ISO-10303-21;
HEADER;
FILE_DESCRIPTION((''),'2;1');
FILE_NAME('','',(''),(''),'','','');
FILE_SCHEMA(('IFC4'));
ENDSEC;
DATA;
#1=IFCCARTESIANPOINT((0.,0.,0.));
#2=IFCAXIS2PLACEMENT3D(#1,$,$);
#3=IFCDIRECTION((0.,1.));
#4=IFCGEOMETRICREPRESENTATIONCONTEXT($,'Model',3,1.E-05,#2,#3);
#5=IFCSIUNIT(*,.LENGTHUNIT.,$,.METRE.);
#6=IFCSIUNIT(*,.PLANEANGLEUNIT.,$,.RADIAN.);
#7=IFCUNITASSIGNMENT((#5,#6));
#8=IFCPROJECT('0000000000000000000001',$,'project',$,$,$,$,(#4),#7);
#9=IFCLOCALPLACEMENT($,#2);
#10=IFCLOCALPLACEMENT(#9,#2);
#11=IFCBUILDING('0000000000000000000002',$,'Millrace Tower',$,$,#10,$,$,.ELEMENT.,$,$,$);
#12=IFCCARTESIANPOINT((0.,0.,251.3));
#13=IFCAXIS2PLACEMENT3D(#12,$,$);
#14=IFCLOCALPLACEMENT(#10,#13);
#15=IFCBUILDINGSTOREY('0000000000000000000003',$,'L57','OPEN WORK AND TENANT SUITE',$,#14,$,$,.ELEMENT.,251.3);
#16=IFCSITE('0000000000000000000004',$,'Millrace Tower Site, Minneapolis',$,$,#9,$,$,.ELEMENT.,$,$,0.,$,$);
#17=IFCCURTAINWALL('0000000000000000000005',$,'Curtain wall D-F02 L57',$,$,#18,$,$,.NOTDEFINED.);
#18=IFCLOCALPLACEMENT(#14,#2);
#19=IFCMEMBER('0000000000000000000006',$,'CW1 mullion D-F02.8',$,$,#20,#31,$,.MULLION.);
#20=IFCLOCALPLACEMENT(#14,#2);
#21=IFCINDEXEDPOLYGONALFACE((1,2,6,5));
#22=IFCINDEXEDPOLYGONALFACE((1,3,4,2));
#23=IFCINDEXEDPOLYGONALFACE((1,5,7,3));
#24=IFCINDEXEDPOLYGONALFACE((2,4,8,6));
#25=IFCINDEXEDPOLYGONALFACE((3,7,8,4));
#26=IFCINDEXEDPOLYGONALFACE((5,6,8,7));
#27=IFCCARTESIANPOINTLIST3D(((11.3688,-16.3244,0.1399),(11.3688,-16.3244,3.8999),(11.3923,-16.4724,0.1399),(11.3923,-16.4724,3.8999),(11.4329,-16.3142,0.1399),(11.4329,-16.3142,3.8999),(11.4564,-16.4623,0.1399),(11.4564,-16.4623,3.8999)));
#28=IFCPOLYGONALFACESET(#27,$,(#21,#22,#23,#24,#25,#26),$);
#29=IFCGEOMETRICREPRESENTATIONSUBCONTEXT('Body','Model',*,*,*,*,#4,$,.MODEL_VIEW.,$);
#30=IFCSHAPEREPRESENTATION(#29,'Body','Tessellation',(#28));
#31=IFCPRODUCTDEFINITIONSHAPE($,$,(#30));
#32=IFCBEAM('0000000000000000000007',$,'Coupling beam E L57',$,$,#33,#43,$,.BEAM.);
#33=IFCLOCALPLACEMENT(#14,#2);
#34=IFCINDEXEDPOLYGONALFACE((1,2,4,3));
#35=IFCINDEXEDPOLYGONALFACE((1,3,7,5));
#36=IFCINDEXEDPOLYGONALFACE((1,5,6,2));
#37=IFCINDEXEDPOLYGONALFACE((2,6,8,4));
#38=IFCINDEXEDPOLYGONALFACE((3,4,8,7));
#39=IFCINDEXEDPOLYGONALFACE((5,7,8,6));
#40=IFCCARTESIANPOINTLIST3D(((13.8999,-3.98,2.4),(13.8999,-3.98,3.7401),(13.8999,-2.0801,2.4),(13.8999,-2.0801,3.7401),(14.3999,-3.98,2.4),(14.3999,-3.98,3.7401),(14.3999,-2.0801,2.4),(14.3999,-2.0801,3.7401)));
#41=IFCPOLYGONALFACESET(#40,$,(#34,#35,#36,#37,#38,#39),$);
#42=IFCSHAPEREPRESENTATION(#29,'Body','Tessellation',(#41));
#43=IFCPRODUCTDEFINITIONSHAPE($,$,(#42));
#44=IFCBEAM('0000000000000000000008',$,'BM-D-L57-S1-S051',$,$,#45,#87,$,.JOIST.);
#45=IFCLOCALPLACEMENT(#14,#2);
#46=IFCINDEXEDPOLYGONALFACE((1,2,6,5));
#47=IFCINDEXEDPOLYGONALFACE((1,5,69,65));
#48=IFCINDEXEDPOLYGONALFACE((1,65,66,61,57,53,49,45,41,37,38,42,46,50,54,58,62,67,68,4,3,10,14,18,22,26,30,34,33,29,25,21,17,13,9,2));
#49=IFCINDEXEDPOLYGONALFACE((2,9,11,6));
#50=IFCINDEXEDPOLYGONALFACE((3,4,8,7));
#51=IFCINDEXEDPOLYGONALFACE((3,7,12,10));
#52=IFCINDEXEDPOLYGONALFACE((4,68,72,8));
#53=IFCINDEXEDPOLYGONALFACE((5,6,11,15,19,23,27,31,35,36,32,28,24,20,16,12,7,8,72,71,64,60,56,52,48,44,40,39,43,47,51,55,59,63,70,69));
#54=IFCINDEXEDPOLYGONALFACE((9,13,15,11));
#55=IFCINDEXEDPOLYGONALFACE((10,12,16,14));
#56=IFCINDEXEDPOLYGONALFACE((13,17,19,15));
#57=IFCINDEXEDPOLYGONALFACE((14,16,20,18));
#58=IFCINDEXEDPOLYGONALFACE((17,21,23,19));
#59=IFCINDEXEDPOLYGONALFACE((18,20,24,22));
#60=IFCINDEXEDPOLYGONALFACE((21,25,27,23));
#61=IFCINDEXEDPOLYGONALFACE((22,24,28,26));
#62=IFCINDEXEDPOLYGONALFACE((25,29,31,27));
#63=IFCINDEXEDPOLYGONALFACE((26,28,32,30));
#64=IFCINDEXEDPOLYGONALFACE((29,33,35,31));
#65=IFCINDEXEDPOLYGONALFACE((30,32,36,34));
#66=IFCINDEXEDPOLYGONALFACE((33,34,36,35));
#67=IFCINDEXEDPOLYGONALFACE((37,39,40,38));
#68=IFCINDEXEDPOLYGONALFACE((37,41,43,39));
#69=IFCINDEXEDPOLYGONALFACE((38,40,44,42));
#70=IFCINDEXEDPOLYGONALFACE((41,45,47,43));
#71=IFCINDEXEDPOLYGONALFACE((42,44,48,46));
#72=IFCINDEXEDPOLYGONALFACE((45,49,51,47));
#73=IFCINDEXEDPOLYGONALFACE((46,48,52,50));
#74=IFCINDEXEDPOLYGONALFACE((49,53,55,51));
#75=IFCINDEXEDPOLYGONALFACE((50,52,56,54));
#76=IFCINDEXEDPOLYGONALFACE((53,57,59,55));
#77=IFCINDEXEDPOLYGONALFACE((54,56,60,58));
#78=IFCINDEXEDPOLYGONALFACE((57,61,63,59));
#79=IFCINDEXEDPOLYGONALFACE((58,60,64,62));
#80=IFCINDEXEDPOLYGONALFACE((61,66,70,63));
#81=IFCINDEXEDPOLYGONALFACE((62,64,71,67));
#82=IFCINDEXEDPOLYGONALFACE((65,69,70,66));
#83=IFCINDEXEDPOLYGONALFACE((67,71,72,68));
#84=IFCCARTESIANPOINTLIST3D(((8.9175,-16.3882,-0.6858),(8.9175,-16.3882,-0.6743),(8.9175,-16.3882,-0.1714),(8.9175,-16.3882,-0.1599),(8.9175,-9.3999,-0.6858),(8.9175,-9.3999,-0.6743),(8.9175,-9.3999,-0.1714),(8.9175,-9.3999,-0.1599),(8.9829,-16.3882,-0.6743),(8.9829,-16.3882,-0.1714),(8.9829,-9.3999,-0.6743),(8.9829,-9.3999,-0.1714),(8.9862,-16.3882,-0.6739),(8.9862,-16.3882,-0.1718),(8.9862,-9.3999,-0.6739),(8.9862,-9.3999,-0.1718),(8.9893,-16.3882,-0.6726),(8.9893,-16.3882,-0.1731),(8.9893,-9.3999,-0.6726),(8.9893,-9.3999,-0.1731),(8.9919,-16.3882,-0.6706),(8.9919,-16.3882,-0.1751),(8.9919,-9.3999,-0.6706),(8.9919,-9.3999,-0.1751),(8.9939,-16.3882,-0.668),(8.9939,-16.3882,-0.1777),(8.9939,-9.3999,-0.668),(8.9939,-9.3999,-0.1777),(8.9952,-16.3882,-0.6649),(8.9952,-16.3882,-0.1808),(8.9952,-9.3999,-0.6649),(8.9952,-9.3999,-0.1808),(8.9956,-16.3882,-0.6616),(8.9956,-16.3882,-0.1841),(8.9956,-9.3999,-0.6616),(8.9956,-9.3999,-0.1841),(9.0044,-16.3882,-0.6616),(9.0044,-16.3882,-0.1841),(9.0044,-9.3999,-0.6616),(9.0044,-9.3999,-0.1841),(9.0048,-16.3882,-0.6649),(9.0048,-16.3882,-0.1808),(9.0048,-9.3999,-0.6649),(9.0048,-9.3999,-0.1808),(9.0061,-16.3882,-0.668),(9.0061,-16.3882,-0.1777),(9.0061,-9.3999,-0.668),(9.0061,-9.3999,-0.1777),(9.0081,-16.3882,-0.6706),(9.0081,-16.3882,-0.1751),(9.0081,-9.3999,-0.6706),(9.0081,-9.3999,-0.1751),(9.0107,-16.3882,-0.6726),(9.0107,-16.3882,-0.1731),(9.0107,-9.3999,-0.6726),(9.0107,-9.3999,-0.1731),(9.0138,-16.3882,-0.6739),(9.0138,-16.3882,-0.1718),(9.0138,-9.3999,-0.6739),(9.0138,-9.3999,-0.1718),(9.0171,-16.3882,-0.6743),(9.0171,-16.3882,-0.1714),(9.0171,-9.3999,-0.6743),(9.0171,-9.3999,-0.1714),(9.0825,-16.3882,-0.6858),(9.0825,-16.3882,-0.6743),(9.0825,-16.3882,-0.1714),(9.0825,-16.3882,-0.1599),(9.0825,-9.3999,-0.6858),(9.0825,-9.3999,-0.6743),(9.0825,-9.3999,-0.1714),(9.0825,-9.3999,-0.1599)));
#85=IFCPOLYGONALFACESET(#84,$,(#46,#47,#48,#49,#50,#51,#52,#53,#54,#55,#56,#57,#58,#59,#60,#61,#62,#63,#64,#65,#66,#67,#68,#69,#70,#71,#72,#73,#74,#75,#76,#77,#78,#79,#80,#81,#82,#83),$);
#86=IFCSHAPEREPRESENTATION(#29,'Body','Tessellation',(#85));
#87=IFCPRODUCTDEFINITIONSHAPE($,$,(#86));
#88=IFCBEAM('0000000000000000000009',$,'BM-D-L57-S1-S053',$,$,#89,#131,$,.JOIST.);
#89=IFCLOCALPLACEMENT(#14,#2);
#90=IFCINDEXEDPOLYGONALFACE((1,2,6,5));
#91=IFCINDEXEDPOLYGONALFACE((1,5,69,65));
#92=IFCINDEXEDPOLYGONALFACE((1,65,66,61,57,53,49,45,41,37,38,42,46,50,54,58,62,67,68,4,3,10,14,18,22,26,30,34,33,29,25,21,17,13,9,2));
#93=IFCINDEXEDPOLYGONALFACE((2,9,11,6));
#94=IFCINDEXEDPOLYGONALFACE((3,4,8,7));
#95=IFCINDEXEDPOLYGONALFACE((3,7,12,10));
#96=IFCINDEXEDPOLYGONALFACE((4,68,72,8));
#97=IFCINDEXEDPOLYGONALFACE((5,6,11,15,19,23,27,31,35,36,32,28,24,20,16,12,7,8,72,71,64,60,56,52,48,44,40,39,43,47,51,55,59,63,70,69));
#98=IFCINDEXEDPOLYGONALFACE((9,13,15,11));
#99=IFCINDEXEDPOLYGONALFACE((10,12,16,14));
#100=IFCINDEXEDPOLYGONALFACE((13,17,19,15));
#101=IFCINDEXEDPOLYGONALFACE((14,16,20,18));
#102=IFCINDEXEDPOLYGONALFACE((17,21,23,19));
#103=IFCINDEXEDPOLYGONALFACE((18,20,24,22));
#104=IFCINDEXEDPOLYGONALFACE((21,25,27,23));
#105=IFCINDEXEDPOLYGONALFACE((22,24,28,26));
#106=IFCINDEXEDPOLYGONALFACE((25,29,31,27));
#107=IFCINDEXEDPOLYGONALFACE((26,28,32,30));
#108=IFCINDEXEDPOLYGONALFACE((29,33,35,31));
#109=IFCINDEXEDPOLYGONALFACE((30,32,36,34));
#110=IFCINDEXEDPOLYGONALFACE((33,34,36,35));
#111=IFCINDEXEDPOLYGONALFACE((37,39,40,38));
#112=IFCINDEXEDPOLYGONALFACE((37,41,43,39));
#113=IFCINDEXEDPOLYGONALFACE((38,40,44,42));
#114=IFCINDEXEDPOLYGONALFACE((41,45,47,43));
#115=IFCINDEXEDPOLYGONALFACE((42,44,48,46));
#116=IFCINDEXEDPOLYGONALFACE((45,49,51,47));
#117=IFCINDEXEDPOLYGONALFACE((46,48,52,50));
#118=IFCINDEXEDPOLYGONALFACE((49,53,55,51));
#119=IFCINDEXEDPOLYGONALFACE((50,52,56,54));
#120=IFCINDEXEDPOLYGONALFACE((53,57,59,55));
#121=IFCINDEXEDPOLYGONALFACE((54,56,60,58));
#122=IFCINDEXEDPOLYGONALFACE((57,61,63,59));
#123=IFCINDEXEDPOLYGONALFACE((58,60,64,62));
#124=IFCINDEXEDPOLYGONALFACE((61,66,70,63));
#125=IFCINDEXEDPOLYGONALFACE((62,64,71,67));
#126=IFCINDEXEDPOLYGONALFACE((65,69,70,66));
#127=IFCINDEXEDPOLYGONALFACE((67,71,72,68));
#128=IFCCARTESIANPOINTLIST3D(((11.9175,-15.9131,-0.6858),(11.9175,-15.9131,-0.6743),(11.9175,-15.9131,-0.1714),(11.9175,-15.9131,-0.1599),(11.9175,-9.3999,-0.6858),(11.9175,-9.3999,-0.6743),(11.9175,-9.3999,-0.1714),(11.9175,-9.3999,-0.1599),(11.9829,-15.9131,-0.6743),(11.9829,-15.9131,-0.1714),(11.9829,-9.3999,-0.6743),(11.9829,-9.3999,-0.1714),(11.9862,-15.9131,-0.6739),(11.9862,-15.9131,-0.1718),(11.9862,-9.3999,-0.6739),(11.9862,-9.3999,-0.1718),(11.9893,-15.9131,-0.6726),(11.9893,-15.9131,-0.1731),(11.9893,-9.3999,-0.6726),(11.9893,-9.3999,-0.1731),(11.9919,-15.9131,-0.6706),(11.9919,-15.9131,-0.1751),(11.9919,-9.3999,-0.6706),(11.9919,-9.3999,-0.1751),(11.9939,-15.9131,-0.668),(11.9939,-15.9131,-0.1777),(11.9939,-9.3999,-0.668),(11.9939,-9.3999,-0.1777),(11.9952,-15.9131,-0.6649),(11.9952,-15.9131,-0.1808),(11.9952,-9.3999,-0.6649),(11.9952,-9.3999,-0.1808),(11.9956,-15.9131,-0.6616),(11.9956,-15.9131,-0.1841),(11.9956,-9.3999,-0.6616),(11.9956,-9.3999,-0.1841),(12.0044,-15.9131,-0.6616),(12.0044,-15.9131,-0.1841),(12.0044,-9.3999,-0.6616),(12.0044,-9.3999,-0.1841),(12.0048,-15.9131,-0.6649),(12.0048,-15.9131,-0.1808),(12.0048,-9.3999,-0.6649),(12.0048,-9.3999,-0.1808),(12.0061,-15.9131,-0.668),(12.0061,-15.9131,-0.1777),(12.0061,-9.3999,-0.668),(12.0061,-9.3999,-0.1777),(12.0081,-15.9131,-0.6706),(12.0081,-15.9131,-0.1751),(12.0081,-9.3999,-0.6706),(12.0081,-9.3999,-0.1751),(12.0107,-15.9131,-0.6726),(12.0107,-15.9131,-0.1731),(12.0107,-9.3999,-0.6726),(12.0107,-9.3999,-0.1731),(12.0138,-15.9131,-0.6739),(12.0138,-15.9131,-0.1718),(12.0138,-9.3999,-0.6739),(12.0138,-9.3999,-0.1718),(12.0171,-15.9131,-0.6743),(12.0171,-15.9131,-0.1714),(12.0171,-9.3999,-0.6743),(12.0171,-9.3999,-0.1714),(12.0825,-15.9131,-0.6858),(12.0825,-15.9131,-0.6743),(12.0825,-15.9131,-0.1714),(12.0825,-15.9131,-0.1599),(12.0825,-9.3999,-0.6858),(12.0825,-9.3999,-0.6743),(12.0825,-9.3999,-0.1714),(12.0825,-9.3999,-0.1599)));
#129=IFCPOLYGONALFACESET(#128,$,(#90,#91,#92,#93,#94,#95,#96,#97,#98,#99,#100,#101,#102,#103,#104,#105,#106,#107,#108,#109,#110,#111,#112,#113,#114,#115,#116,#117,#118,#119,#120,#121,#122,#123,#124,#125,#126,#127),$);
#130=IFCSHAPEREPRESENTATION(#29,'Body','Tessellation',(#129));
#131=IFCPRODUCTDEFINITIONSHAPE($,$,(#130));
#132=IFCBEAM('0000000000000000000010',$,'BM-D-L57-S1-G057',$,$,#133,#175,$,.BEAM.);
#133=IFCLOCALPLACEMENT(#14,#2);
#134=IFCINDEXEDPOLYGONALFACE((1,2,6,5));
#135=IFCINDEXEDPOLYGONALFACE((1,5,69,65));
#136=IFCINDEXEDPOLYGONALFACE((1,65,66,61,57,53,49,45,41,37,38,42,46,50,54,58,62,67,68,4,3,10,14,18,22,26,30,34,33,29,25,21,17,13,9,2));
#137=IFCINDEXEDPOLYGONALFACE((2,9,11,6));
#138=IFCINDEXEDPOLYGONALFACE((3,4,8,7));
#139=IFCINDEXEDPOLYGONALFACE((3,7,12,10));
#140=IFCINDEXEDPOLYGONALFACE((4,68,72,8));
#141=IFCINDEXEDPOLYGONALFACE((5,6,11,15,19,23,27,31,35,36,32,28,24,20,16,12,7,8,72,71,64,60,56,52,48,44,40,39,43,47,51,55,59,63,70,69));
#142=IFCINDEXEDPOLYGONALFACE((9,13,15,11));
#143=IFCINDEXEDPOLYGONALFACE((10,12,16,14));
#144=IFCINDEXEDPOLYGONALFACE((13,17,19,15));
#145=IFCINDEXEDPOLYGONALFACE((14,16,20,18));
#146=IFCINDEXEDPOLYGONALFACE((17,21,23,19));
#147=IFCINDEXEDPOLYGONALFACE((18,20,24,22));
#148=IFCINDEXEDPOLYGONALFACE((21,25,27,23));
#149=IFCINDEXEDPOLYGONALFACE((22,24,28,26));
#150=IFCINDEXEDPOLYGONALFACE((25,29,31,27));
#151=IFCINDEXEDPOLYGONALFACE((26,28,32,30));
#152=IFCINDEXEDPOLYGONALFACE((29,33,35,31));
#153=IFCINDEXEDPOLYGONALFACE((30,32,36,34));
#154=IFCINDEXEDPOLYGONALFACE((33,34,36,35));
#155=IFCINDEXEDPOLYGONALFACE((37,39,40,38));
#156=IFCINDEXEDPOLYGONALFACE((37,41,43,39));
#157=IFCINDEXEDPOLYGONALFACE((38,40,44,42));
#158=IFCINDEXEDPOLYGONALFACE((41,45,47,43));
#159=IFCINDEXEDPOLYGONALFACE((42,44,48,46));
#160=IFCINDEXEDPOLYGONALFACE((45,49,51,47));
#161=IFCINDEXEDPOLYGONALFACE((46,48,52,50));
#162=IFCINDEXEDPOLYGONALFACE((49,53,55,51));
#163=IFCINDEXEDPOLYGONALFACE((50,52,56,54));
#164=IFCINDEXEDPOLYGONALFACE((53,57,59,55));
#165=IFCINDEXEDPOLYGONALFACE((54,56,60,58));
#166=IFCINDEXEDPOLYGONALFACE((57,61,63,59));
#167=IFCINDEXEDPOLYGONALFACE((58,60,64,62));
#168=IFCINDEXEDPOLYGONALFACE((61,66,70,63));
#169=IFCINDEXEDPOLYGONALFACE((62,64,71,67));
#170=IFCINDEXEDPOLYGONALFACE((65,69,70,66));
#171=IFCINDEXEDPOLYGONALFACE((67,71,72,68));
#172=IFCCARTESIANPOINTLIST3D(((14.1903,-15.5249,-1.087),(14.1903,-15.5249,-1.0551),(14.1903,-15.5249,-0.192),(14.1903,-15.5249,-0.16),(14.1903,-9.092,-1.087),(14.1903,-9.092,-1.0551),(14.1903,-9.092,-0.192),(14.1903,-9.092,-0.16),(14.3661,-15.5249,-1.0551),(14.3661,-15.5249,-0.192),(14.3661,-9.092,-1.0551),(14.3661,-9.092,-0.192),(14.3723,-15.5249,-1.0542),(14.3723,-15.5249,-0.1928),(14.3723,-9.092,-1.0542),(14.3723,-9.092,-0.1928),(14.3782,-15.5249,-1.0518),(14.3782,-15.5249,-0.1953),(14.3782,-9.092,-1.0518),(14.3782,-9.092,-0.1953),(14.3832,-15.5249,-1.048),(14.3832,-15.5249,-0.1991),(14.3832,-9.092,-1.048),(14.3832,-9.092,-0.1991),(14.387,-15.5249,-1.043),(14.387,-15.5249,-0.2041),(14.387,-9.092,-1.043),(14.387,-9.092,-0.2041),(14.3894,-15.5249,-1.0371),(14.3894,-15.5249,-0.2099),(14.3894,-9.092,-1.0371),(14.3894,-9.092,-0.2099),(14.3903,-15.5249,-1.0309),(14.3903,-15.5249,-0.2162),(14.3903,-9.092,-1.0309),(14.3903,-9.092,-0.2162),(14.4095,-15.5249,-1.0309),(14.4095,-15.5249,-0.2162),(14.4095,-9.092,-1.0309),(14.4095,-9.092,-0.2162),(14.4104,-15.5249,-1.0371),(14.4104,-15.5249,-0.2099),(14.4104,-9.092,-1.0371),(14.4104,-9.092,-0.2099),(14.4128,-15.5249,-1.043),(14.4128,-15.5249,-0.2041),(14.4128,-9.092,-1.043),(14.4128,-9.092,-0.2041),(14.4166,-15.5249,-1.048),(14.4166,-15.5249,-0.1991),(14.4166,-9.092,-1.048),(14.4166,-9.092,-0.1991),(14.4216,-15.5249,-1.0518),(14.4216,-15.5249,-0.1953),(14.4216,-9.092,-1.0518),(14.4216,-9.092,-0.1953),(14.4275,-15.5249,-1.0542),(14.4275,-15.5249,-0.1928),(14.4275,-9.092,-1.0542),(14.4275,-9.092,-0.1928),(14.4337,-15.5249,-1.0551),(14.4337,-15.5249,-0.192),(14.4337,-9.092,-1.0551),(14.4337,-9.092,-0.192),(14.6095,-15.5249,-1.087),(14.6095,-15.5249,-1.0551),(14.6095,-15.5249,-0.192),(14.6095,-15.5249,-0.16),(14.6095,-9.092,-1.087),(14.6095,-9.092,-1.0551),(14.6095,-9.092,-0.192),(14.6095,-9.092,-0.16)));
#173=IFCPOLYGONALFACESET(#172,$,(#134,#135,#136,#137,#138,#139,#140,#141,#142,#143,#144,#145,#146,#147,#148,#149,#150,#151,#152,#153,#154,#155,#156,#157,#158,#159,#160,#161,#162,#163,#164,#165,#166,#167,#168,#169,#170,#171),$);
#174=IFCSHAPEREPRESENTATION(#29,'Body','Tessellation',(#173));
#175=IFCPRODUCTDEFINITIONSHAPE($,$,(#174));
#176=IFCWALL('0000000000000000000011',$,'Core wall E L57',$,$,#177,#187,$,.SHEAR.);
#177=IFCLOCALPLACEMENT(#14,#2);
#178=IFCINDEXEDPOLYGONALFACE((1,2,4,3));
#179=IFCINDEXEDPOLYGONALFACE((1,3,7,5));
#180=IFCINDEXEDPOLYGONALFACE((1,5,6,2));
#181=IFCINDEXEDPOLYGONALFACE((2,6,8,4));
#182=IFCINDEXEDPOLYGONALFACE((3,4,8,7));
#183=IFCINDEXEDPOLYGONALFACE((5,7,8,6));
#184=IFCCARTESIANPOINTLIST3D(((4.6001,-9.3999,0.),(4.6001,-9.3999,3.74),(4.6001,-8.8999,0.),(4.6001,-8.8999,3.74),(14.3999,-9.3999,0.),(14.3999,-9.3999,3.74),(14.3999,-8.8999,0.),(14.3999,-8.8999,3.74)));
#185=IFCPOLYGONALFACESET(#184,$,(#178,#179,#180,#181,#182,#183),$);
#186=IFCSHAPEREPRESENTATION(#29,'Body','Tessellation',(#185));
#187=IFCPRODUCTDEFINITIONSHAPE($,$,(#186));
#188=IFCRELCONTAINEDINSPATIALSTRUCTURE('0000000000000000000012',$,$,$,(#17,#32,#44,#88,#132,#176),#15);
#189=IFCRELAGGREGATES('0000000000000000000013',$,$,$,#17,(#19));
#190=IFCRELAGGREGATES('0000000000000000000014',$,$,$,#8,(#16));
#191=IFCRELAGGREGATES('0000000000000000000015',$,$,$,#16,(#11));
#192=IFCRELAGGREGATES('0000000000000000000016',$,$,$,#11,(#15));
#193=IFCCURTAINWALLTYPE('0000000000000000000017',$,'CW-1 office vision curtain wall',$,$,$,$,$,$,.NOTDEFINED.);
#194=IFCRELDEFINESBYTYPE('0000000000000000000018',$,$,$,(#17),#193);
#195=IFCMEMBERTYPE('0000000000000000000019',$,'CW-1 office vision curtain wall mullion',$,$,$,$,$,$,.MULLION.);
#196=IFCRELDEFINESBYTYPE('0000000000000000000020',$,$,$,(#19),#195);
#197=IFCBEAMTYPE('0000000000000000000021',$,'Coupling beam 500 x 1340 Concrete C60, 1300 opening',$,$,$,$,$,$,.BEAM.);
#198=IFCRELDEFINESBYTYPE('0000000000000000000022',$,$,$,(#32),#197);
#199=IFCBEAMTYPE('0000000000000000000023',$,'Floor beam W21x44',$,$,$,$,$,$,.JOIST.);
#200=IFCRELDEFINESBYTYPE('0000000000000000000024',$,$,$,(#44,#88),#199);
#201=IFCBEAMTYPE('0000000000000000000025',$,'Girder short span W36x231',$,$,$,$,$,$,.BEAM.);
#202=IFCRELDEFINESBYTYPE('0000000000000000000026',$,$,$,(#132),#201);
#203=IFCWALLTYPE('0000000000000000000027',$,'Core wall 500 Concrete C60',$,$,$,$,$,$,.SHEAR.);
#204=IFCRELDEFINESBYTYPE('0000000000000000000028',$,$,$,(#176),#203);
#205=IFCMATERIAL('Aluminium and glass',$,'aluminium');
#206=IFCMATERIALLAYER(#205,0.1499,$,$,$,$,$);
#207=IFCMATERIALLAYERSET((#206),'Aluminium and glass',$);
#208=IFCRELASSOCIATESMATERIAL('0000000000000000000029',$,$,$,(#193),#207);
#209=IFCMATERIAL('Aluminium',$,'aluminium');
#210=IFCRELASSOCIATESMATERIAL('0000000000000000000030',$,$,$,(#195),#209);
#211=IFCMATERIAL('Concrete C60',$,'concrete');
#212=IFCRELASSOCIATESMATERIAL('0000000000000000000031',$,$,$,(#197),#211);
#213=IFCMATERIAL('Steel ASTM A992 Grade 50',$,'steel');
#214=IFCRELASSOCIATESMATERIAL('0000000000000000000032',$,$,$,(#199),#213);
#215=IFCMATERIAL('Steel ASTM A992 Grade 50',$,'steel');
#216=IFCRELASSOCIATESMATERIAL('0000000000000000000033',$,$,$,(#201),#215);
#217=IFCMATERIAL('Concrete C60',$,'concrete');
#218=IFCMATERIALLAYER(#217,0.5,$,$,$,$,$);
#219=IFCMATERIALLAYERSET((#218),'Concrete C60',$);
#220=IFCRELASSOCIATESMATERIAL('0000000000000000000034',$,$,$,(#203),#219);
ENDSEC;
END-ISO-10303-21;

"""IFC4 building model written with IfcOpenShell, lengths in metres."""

from ifc_helpers import new_model, si_unit, direction, frame, frame_2d, origin, origin_2d, place, context, subcontext, project, spatial, rectangle, i_section, extrude, material, layer, layer_set, material_profile, profile_set, type_object, element, aggregate, save


model = new_model("IFC4")

# Units and contexts
model_context = context("Model", 3, precision=1e-05, world=origin(), true_north=direction((0.0, 1.0)))
body_context = subcontext(model_context, "Body", "Model", "MODEL_VIEW")
ifc_project = project(units=[si_unit("LENGTHUNIT", "METRE"), si_unit("PLANEANGLEUNIT", "RADIAN")], contexts=[model_context])

# Site, building, storey
site_placement = place(None, origin())
site = spatial("IfcSite", under=ifc_project, at=site_placement, Name="Millrace Tower Site, Minneapolis", CompositionType="ELEMENT", RefElevation=0.0)
building_placement = place(site_placement, origin())
building = spatial("IfcBuilding", under=site, at=building_placement, Name="Millrace Tower", CompositionType="ELEMENT")
storey_placement = place(building_placement, frame((0.0, 0.0, 251.3)))
storey = spatial("IfcBuildingStorey", under=building, at=storey_placement, Name="L57", Description="OPEN WORK AND TENANT SUITE", CompositionType="ELEMENT", Elevation=251.3)

# Curtain wall, member
ifc_material_1 = material(Name="Aluminium and glass", Category="aluminium")
ifc_layer_1 = layer(ifc_material_1, 0.1499)
ifc_layer_set_1 = layer_set([ifc_layer_1], Name="Aluminium and glass")
curtain_wall_type = type_object("IfcCurtainWallType", Name="CW-1 office vision curtain wall", PredefinedType="NOTDEFINED", material=ifc_layer_set_1)
placement = place(storey_placement, origin())
curtain_wall = element("IfcCurtainWall", 1, at=placement, inside=storey, type_object=curtain_wall_type, Name="Curtain wall D-F02 L57", PredefinedType="NOTDEFINED")
ifc_material_2 = material(Name="Aluminium", Category="aluminium")
ifc_material_profile_1 = material_profile(ifc_material_2, rectangle(XDim=0.0649, YDim=0.1499, at=origin_2d()))
ifc_profile_set_1 = profile_set([ifc_material_profile_1], Name="Aluminium")
member_type = type_object("IfcMemberType", Name="CW-1 office vision curtain wall mullion", PredefinedType="MULLION", material=ifc_profile_set_1)
member_placement = place(storey_placement, frame((11.4126, -16.3933, 0.1399), z_axis=(0.0, 0.0, 1.0), x_axis=(0.987688, 0.156434, 0.0)))
member = element("IfcMember", 2, at=member_placement, type_object=member_type, Name="CW1 mullion D-F02.8", PredefinedType="MULLION", context=body_context, shape_type="SweptSolid", body=[
    extrude(rectangle(XDim=0.0649, YDim=0.1499, at=origin_2d()), origin(), (0.0, 0.0, 1.0), 3.76),
])
aggregate(curtain_wall, [member])

# Beams
ifc_material_3 = material(Name="Concrete C60", Category="concrete")
ifc_material_profile_2 = material_profile(ifc_material_3, rectangle(XDim=0.5, YDim=1.3401, at=origin_2d()))
ifc_profile_set_2 = profile_set([ifc_material_profile_2], Name="Concrete C60")
beam_type_1 = type_object("IfcBeamType", Name="Coupling beam 500 x 1340 Concrete C60, 1300 opening", PredefinedType="BEAM", material=ifc_profile_set_2)
beam_1_placement = place(storey_placement, frame((14.1499, -2.0801, 3.0701), z_axis=(0.0, -1.0, 0.0), x_axis=(1.0, 0.0, 0.0)))
element("IfcBeam", 3, at=beam_1_placement, inside=storey, type_object=beam_type_1, Name="Coupling beam E L57", PredefinedType="BEAM", context=body_context, shape_type="SweptSolid", body=[
    extrude(rectangle(XDim=0.5, YDim=1.3401, at=origin_2d()), origin(), (0.0, 0.0, 1.0), 1.8999),
])
ifc_material_4 = material(Name="Steel ASTM A992 Grade 50", Category="steel")
ifc_material_profile_3 = material_profile(ifc_material_4, i_section(OverallWidth=0.165, OverallDepth=0.5259, WebThickness=0.0088, FlangeThickness=0.0115, FilletRadius=0.0127, at=origin_2d()))
ifc_profile_set_3 = profile_set([ifc_material_profile_3], Name="Steel ASTM A992 Grade 50")
beam_type_2 = type_object("IfcBeamType", Name="Floor beam W21x44", PredefinedType="JOIST", material=ifc_profile_set_3)
beam_2_placement = place(storey_placement, frame((9.0, -16.3882, -0.4229), z_axis=(0.0, 1.0, 0.0), x_axis=(-1.0, 0.0, 0.0)))
element("IfcBeam", 4, at=beam_2_placement, inside=storey, type_object=beam_type_2, Name="BM-D-L57-S1-S051", PredefinedType="JOIST", context=body_context, shape_type="SweptSolid", body=[
    extrude(i_section(OverallWidth=0.165, OverallDepth=0.5259, WebThickness=0.0088, FlangeThickness=0.0115, FilletRadius=0.0127, at=origin_2d()), origin(), (0.0, 0.0, 1.0), 6.9883),
])
beam_3_placement = place(storey_placement, frame((12.0, -15.9131, -0.4229), z_axis=(0.0, 1.0, 0.0), x_axis=(-1.0, 0.0, 0.0)))
element("IfcBeam", 5, at=beam_3_placement, inside=storey, type_object=beam_type_2, Name="BM-D-L57-S1-S053", PredefinedType="JOIST", context=body_context, shape_type="SweptSolid", body=[
    extrude(i_section(OverallWidth=0.165, OverallDepth=0.5259, WebThickness=0.0088, FlangeThickness=0.0115, FilletRadius=0.0127, at=origin_2d()), origin(), (0.0, 0.0, 1.0), 6.5132),
])
ifc_material_5 = material(Name="Steel ASTM A992 Grade 50", Category="steel")
ifc_material_profile_4 = material_profile(ifc_material_5, i_section(OverallWidth=0.4192, OverallDepth=0.927, WebThickness=0.0193, FlangeThickness=0.032, FilletRadius=0.0242, at=origin_2d()))
ifc_profile_set_4 = profile_set([ifc_material_profile_4], Name="Steel ASTM A992 Grade 50")
beam_type_3 = type_object("IfcBeamType", Name="Girder short span W36x231", PredefinedType="BEAM", material=ifc_profile_set_4)
beam_4_placement = place(storey_placement, frame((14.3999, -15.5249, -0.6235), z_axis=(0.0, 1.0, 0.0), x_axis=(-1.0, 0.0, 0.0)))
element("IfcBeam", 6, at=beam_4_placement, inside=storey, type_object=beam_type_3, Name="BM-D-L57-S1-G057", PredefinedType="BEAM", context=body_context, shape_type="SweptSolid", body=[
    extrude(i_section(OverallWidth=0.4192, OverallDepth=0.927, WebThickness=0.0193, FlangeThickness=0.032, FilletRadius=0.0242, at=origin_2d()), origin(), (0.0, 0.0, 1.0), 6.4329),
])

# Wall
ifc_material_6 = material(Name="Concrete C60", Category="concrete")
ifc_layer_2 = layer(ifc_material_6, 0.5)
ifc_layer_set_2 = layer_set([ifc_layer_2], Name="Concrete C60")
wall_type_1 = type_object("IfcWallType", Name="Core wall 500 Concrete C60", PredefinedType="SHEAR", material=ifc_layer_set_2)
wall_1_placement = place(storey_placement, frame((14.3999, -9.1499, 0.0), z_axis=(0.0, 0.0, 1.0), x_axis=(-1.0, 0.0, 0.0)))
element("IfcWall", 7, at=wall_1_placement, inside=storey, type_object=wall_type_1, Name="Core wall E L57", PredefinedType="SHEAR", context=body_context, shape_type="SweptSolid", body=[
    extrude(rectangle(XDim=9.7998, YDim=0.5, at=frame_2d((4.8999, 0.0))), origin(), (0.0, 0.0, 1.0), 3.74),
])

save(model, "model.ifc")
